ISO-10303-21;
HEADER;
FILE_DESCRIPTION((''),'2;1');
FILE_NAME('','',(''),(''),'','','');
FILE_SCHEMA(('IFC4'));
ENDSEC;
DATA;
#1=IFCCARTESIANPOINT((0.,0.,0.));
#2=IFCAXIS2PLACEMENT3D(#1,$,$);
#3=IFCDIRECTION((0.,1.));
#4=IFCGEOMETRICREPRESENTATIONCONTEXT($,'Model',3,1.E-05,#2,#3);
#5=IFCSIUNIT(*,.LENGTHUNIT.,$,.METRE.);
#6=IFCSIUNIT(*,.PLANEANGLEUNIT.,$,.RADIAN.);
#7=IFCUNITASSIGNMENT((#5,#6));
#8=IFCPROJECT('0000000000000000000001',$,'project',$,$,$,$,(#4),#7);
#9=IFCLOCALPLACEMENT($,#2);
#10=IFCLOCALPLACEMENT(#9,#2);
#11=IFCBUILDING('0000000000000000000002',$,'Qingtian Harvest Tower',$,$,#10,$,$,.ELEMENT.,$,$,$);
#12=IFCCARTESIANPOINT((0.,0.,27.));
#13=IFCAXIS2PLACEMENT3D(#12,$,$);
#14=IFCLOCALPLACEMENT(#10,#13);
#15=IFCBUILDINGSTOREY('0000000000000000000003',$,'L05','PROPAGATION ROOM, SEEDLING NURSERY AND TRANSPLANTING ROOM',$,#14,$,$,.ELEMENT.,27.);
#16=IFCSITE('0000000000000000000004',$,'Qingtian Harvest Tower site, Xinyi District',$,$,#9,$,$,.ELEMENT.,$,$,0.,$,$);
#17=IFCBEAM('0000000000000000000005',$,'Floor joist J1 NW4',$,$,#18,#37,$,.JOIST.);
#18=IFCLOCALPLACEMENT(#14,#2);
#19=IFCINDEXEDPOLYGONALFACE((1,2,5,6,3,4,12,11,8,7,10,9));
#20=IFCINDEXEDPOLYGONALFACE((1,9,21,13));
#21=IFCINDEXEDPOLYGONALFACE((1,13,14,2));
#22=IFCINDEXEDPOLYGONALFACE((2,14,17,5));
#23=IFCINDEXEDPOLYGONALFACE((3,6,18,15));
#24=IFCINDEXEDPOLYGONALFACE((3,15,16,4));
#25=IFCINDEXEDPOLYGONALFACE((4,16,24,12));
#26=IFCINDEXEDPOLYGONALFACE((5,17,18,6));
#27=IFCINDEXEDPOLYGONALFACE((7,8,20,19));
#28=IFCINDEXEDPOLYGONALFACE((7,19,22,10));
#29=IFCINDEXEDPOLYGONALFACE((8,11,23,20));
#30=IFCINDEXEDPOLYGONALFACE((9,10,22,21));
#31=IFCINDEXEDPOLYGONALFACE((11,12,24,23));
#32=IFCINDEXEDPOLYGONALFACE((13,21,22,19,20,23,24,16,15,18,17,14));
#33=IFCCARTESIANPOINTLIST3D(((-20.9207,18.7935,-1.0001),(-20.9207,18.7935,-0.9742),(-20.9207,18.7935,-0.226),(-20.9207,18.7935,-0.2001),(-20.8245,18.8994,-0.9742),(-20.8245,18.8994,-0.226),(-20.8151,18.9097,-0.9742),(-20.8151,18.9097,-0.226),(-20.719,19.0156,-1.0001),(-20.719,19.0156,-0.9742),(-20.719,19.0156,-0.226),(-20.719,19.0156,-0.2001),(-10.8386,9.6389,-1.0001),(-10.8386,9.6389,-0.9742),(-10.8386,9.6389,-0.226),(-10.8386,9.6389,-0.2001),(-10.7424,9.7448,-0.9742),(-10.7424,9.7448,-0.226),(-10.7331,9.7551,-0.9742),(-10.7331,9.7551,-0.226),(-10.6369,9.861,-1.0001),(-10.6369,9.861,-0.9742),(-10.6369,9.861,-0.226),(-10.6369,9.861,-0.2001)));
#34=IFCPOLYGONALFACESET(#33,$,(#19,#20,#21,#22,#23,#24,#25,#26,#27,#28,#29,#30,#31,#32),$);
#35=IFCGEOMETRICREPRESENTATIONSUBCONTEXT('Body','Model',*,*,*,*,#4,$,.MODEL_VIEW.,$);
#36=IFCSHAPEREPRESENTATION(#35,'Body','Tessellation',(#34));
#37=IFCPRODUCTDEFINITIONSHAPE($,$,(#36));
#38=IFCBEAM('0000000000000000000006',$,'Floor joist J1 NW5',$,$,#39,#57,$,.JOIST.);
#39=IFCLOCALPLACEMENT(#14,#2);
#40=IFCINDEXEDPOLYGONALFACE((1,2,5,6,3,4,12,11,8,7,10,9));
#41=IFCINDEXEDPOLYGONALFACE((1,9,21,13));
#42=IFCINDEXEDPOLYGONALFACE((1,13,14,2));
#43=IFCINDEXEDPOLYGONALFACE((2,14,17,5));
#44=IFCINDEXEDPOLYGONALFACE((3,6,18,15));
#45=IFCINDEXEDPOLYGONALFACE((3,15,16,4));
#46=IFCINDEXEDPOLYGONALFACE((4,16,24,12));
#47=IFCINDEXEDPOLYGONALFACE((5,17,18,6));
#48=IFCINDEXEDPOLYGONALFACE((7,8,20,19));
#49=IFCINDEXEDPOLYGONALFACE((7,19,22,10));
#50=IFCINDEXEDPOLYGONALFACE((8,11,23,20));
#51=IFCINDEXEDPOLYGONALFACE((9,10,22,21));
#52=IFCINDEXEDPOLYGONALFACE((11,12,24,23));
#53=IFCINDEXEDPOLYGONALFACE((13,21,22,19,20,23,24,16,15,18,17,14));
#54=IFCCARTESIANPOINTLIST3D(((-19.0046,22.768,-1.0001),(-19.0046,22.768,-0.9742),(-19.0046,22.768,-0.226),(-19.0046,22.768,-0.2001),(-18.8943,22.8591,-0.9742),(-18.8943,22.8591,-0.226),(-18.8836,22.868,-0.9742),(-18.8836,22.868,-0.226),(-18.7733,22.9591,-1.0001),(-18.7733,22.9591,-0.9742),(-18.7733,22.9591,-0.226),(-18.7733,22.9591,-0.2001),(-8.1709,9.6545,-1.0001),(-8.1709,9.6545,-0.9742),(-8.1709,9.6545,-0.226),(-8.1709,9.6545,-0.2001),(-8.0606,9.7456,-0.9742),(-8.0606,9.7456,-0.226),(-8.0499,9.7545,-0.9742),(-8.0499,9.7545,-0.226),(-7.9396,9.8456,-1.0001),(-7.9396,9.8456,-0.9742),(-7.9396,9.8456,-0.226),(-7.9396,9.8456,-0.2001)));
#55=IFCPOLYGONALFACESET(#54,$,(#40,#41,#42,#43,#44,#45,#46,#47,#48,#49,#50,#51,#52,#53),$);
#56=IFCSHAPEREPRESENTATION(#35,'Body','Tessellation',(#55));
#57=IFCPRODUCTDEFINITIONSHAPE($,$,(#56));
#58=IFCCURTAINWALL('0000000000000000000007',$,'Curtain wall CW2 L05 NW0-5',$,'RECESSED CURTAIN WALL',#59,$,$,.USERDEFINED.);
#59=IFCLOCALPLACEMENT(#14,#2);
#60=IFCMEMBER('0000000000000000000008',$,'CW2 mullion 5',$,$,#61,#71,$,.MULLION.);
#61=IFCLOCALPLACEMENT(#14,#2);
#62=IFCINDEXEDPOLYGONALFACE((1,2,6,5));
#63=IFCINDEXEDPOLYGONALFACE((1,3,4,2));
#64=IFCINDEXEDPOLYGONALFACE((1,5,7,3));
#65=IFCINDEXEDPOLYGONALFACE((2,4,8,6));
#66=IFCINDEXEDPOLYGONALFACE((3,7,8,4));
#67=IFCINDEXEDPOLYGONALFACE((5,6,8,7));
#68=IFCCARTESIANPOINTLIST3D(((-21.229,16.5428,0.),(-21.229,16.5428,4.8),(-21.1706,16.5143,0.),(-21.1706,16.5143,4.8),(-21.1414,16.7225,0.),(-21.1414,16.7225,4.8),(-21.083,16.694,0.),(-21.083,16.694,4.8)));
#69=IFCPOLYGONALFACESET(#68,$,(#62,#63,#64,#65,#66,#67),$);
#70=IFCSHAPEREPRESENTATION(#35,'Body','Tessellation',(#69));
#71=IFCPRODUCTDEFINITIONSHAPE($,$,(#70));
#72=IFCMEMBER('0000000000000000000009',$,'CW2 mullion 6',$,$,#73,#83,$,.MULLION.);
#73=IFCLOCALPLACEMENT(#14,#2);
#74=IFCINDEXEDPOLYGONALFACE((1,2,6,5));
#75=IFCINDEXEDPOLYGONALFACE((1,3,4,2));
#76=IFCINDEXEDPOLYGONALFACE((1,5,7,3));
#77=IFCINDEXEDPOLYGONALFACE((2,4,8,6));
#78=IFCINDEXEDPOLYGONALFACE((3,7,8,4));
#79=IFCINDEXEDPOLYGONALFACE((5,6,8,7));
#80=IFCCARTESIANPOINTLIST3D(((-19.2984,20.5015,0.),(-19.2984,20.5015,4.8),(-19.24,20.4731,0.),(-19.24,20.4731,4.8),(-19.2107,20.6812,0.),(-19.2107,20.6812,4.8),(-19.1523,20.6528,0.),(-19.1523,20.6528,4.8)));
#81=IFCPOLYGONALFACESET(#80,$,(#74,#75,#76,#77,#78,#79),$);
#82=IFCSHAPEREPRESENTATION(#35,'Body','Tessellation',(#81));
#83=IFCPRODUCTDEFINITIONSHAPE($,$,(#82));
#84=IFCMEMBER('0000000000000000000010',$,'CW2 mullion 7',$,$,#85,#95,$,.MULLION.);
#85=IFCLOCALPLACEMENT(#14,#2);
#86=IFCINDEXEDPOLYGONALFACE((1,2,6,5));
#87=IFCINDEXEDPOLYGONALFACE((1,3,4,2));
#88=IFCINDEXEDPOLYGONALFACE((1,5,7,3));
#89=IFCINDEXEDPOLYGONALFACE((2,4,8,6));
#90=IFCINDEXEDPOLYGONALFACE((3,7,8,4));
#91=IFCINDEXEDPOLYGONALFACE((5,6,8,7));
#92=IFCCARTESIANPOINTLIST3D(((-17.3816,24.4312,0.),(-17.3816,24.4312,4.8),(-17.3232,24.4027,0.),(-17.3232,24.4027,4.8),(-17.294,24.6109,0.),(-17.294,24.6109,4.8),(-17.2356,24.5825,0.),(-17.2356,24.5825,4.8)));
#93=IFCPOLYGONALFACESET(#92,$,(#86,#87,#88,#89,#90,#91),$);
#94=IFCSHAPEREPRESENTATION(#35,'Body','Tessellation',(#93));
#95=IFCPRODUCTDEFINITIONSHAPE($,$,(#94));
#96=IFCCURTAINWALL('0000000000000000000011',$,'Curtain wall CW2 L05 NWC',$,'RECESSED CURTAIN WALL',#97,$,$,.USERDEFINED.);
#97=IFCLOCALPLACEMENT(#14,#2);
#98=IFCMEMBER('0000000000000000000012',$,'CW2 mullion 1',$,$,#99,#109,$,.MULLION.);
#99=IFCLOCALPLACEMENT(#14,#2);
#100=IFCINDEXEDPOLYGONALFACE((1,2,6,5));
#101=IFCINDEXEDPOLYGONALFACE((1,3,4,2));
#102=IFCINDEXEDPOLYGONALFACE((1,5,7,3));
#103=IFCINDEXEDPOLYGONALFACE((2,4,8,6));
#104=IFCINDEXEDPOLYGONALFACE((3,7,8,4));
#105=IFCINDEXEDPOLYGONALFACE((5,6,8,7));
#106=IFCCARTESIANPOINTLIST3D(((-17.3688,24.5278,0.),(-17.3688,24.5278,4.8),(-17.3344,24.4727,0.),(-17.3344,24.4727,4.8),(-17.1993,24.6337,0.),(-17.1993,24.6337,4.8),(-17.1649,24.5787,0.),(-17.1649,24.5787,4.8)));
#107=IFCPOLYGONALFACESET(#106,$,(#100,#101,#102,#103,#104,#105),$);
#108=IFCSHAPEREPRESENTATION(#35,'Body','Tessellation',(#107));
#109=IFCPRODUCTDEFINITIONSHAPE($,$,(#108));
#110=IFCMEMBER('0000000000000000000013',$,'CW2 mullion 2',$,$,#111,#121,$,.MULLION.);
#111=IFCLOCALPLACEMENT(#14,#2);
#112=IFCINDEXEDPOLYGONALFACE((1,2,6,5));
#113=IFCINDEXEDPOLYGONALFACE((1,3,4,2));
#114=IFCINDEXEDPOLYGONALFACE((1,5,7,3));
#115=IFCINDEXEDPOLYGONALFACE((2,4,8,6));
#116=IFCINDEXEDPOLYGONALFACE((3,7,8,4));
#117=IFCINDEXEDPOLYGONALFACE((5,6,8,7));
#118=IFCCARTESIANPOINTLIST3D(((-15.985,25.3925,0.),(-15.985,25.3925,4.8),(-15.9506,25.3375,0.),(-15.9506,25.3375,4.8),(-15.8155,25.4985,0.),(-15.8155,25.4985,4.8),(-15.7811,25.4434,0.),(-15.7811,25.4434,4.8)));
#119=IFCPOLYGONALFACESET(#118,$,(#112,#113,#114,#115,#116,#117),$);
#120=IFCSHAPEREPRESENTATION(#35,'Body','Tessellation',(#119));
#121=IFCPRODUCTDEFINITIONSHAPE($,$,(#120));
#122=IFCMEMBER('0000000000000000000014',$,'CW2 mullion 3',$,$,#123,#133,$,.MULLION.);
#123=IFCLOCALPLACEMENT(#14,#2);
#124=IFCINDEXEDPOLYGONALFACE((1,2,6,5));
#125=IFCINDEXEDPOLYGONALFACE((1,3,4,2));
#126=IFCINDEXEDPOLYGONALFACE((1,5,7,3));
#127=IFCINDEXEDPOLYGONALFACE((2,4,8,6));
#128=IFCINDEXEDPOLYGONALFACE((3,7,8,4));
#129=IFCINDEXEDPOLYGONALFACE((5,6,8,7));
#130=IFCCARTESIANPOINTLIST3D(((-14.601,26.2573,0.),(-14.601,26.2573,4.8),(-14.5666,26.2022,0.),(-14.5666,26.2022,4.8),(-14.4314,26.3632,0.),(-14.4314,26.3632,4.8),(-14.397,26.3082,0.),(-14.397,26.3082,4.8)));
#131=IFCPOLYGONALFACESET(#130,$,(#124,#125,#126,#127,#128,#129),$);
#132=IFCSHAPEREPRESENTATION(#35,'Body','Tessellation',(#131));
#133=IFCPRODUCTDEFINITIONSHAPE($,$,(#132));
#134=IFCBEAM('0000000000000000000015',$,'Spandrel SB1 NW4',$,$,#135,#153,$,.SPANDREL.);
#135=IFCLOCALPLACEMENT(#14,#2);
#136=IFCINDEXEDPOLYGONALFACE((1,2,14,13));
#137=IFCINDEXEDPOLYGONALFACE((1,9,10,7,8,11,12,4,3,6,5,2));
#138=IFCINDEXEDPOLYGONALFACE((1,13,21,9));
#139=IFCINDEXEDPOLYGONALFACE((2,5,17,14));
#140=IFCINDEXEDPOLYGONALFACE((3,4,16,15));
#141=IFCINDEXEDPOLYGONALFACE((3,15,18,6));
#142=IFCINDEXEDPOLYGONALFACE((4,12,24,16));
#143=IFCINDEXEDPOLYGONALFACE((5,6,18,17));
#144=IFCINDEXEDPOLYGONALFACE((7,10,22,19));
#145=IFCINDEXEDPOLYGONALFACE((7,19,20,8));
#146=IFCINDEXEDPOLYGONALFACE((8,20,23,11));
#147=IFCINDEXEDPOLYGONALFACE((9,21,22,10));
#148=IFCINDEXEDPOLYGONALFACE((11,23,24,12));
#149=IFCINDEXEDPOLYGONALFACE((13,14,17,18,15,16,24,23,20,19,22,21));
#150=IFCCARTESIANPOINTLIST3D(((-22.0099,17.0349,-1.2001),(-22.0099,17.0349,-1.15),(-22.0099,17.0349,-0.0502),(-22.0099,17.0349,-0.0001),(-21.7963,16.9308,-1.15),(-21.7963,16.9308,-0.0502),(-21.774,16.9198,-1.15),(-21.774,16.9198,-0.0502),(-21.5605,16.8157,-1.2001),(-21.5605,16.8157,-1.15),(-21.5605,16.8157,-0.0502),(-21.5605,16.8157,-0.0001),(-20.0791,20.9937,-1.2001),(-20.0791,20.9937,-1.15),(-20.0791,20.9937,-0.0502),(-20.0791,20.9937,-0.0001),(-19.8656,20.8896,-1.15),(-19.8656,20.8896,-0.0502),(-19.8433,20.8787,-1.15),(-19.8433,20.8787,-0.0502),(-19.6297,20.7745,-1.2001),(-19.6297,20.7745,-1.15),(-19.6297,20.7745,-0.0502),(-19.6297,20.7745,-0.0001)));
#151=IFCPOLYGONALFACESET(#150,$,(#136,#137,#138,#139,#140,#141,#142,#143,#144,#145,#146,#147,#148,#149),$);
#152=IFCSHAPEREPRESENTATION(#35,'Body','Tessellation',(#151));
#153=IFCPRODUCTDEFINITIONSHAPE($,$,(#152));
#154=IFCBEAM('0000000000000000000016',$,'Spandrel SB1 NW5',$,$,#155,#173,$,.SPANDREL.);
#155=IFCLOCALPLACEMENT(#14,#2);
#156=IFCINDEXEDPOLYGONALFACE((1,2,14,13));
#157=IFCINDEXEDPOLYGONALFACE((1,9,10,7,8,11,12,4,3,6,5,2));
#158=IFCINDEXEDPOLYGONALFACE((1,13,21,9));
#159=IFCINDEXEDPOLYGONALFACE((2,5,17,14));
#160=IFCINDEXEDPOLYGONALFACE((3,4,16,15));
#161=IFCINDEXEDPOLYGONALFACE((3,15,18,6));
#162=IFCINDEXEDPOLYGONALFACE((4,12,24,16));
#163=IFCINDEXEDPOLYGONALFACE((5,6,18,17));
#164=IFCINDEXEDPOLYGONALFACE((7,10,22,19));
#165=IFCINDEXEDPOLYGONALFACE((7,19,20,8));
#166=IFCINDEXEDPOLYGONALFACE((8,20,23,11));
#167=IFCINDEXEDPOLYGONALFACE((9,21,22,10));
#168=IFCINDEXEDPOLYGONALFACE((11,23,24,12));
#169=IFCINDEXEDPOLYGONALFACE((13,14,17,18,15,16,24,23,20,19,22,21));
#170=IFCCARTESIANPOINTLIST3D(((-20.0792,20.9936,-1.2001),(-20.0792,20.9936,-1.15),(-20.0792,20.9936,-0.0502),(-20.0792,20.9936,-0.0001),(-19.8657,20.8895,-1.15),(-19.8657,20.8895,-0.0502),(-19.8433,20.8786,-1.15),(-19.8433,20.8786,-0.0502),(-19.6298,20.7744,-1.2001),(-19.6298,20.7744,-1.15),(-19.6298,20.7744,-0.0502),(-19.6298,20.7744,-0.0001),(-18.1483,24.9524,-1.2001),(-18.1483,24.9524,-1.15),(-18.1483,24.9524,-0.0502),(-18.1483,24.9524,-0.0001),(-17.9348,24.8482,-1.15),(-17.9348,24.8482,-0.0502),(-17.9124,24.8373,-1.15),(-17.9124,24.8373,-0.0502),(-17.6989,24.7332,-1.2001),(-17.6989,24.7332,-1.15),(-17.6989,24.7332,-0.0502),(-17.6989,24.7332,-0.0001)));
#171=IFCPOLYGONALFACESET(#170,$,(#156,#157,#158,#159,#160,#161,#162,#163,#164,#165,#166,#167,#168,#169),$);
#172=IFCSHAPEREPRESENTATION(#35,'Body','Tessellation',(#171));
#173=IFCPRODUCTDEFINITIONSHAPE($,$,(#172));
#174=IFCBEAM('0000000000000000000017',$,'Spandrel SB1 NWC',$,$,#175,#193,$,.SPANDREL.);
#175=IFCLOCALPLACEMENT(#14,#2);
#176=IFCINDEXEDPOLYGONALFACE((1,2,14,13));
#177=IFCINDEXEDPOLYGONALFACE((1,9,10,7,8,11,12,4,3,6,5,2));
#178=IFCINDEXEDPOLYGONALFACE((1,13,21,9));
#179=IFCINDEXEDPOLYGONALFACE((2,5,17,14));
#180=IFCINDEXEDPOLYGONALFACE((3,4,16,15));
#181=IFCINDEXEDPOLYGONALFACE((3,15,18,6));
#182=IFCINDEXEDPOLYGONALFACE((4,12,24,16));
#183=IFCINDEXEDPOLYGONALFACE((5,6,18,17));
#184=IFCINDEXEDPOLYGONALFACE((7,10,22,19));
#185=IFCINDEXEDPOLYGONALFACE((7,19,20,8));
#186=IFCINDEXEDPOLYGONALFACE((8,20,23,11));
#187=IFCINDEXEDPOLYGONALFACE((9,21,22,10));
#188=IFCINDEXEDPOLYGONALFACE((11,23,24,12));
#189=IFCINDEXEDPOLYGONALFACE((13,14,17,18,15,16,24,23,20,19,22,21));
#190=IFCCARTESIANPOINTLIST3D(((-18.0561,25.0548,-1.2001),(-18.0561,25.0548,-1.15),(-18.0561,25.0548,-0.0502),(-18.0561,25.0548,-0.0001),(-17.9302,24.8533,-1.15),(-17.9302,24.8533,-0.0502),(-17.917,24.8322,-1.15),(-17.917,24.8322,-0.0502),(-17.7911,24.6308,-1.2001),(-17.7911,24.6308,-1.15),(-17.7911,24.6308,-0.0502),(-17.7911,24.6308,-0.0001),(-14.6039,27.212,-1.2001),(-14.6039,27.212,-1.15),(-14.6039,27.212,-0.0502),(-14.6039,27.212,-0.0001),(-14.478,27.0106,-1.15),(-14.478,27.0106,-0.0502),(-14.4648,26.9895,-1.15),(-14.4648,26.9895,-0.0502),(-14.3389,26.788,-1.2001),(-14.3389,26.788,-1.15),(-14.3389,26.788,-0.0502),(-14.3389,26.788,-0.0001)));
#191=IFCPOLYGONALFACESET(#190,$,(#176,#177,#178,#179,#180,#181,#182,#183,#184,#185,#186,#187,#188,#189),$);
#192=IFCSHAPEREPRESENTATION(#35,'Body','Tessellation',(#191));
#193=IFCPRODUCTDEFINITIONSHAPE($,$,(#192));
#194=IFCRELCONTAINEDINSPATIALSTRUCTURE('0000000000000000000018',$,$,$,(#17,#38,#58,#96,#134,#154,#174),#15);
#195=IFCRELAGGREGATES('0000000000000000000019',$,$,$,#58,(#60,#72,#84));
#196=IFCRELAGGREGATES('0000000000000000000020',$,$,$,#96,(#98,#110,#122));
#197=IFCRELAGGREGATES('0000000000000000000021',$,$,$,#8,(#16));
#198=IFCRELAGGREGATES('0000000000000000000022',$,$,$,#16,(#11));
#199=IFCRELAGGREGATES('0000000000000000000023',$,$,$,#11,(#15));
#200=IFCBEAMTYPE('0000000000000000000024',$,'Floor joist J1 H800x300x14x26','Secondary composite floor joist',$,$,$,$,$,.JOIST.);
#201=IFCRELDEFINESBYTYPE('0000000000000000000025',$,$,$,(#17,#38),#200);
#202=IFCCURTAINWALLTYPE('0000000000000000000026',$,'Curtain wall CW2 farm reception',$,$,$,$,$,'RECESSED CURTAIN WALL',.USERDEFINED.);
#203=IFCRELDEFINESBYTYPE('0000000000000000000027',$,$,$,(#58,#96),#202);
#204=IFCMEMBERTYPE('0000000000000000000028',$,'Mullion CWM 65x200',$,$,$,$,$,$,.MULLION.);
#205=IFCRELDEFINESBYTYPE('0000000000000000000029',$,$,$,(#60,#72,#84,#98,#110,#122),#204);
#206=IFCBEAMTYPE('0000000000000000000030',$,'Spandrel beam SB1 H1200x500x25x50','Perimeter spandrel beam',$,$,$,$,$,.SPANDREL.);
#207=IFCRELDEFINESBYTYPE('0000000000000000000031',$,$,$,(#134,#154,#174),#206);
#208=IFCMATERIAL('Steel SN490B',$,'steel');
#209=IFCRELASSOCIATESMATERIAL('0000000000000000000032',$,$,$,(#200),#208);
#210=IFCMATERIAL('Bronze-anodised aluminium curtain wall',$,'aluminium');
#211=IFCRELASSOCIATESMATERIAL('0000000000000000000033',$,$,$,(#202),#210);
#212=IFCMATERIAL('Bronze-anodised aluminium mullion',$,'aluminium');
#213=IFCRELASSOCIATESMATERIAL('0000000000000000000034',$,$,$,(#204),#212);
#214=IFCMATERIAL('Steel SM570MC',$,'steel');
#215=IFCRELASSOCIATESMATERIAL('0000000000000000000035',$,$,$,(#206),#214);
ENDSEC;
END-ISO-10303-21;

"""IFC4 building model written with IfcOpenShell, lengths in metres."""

from ifc_helpers import new_model, si_unit, direction, frame, origin, origin_2d, place, context, subcontext, project, spatial, rectangle, i_section, extrude, material, material_profile, profile_set, type_object, element, aggregate, save


model = new_model("IFC4")

# Units and contexts
model_context = context("Model", 3, precision=1e-05, world=origin(), true_north=direction((0.0, 1.0)))
body_context = subcontext(model_context, "Body", "Model", "MODEL_VIEW")
ifc_project = project(units=[si_unit("LENGTHUNIT", "METRE"), si_unit("PLANEANGLEUNIT", "RADIAN")], contexts=[model_context])

# Site, building, storey
site_placement = place(None, origin())
site = spatial("IfcSite", under=ifc_project, at=site_placement, Name="Qingtian Harvest Tower site, Xinyi District", CompositionType="ELEMENT", RefElevation=0.0)
building_placement = place(site_placement, origin())
building = spatial("IfcBuilding", under=site, at=building_placement, Name="Qingtian Harvest Tower", CompositionType="ELEMENT")
storey_placement = place(building_placement, frame((0.0, 0.0, 27.0)))
storey = spatial("IfcBuildingStorey", under=building, at=storey_placement, Name="L05", Description="PROPAGATION ROOM, SEEDLING NURSERY AND TRANSPLANTING ROOM", CompositionType="ELEMENT", Elevation=27.0)

# Beams
ifc_material_1 = material(Name="Steel SN490B", Category="steel")
ifc_material_profile_1 = material_profile(ifc_material_1, i_section(OverallWidth=0.3, OverallDepth=0.8, WebThickness=0.0139, FlangeThickness=0.0259, at=origin_2d()), Name="H800x300x14x26")
ifc_profile_set_1 = profile_set([ifc_material_profile_1], Name="Steel SN490B")
beam_type_1 = type_object("IfcBeamType", Name="Floor joist J1 H800x300x14x26", Description="Secondary composite floor joist", PredefinedType="JOIST", material=ifc_profile_set_1)
beam_1_placement = place(storey_placement, frame((-20.8198, 18.9045, -0.6001), z_axis=(0.74034, -0.672233, 0.0), x_axis=(0.672233, 0.74034, 0.0)))
element("IfcBeam", 1, at=beam_1_placement, inside=storey, type_object=beam_type_1, Name="Floor joist J1 NW4", PredefinedType="JOIST", context=body_context, shape_type="SweptSolid", body=[
    extrude(i_section(OverallWidth=0.3, OverallDepth=0.8, WebThickness=0.0139, FlangeThickness=0.0259, at=origin_2d()), origin(), (0.0, 0.0, 1.0), 13.6182),
])
beam_2_placement = place(storey_placement, frame((-18.8889, 22.8635, -0.6001), z_axis=(0.63691, -0.770938, 0.0), x_axis=(0.770938, 0.63691, 0.0)))
element("IfcBeam", 2, at=beam_2_placement, inside=storey, type_object=beam_type_1, Name="Floor joist J1 NW5", PredefinedType="JOIST", context=body_context, shape_type="SweptSolid", body=[
    extrude(i_section(OverallWidth=0.3, OverallDepth=0.8, WebThickness=0.0139, FlangeThickness=0.0259, at=origin_2d()), origin(), (0.0, 0.0, 1.0), 17.0098),
])

# Curtain walls, members
ifc_material_2 = material(Name="Bronze-anodised aluminium curtain wall", Category="aluminium")
curtain_wall_type = type_object("IfcCurtainWallType", Name="Curtain wall CW2 farm reception", ElementType="RECESSED CURTAIN WALL", PredefinedType="USERDEFINED", material=ifc_material_2)
curtain_wall_1_placement = place(storey_placement, origin())
curtain_wall_1 = element("IfcCurtainWall", 3, at=curtain_wall_1_placement, inside=storey, type_object=curtain_wall_type, Name="Curtain wall CW2 L05 NW0-5", ObjectType="RECESSED CURTAIN WALL", PredefinedType="USERDEFINED")
ifc_material_3 = material(Name="Bronze-anodised aluminium mullion", Category="aluminium")
ifc_material_profile_2 = material_profile(ifc_material_3, rectangle(XDim=0.0649, YDim=0.2, at=origin_2d()), Name="AL 65x200")
ifc_profile_set_2 = profile_set([ifc_material_profile_2], Name="Bronze-anodised aluminium mullion")
member_type_1 = type_object("IfcMemberType", Name="Mullion CWM 65x200", PredefinedType="MULLION", material=ifc_profile_set_2)
member_1_placement = place(storey_placement, frame((-21.156, 16.6184, 0.0), z_axis=(0.0, 0.0, 1.0), x_axis=(-0.898794, 0.438371, 0.0)))
member_1 = element("IfcMember", 4, at=member_1_placement, type_object=member_type_1, Name="CW2 mullion 5", PredefinedType="MULLION", context=body_context, shape_type="SweptSolid", body=[
    extrude(rectangle(XDim=0.0649, YDim=0.2, at=origin_2d()), origin(), (0.0, 0.0, 1.0), 4.8),
])
member_2_placement = place(storey_placement, frame((-19.2253, 20.5771, 0.0), z_axis=(0.0, 0.0, 1.0), x_axis=(-0.898794, 0.438371, 0.0)))
member_2 = element("IfcMember", 5, at=member_2_placement, type_object=member_type_1, Name="CW2 mullion 6", PredefinedType="MULLION", context=body_context, shape_type="SweptSolid", body=[
    extrude(rectangle(XDim=0.0649, YDim=0.2, at=origin_2d()), origin(), (0.0, 0.0, 1.0), 4.8),
])
member_3_placement = place(storey_placement, frame((-17.3086, 24.5068, 0.0), z_axis=(0.0, 0.0, 1.0), x_axis=(-0.898794, 0.438371, 0.0)))
member_3 = element("IfcMember", 6, at=member_3_placement, type_object=member_type_1, Name="CW2 mullion 7", PredefinedType="MULLION", context=body_context, shape_type="SweptSolid", body=[
    extrude(rectangle(XDim=0.0649, YDim=0.2, at=origin_2d()), origin(), (0.0, 0.0, 1.0), 4.8),
])
curtain_wall_2_placement = place(storey_placement, origin())
curtain_wall_2 = element("IfcCurtainWall", 7, at=curtain_wall_2_placement, inside=storey, type_object=curtain_wall_type, Name="Curtain wall CW2 L05 NWC", ObjectType="RECESSED CURTAIN WALL", PredefinedType="USERDEFINED")
member_4_placement = place(storey_placement, frame((-17.2668, 24.5532, 0.0), z_axis=(0.0, 0.0, 1.0), x_axis=(-0.529919, 0.848048, 0.0)))
member_4 = element("IfcMember", 8, at=member_4_placement, type_object=member_type_1, Name="CW2 mullion 1", PredefinedType="MULLION", context=body_context, shape_type="SweptSolid", body=[
    extrude(rectangle(XDim=0.0649, YDim=0.2, at=origin_2d()), origin(), (0.0, 0.0, 1.0), 4.8),
])
member_5_placement = place(storey_placement, frame((-15.8831, 25.418, 0.0), z_axis=(0.0, 0.0, 1.0), x_axis=(-0.529919, 0.848048, 0.0)))
member_5 = element("IfcMember", 9, at=member_5_placement, type_object=member_type_1, Name="CW2 mullion 2", PredefinedType="MULLION", context=body_context, shape_type="SweptSolid", body=[
    extrude(rectangle(XDim=0.0649, YDim=0.2, at=origin_2d()), origin(), (0.0, 0.0, 1.0), 4.8),
])
member_6_placement = place(storey_placement, frame((-14.499, 26.2827, 0.0), z_axis=(0.0, 0.0, 1.0), x_axis=(-0.529919, 0.848048, 0.0)))
member_6 = element("IfcMember", 10, at=member_6_placement, type_object=member_type_1, Name="CW2 mullion 3", PredefinedType="MULLION", context=body_context, shape_type="SweptSolid", body=[
    extrude(rectangle(XDim=0.0649, YDim=0.2, at=origin_2d()), origin(), (0.0, 0.0, 1.0), 4.8),
])

# Beams
ifc_material_4 = material(Name="Steel SM570MC", Category="steel")
ifc_material_profile_3 = material_profile(ifc_material_4, i_section(OverallWidth=0.5, OverallDepth=1.2, WebThickness=0.0249, FlangeThickness=0.05, at=origin_2d()), Name="H1200x500x25x50")
ifc_profile_set_3 = profile_set([ifc_material_profile_3], Name="Steel SM570MC")
beam_type_2 = type_object("IfcBeamType", Name="Spandrel beam SB1 H1200x500x25x50", Description="Perimeter spandrel beam", PredefinedType="SPANDREL", material=ifc_profile_set_3)
for number, where, z_axis, x_axis, name in (
    (11, (-21.7852, 16.9253, -0.6001), (0.438345, 0.898807, 0.0), (-0.898807, 0.438345, 0.0), "Spandrel SB1 NW4"),
    (12, (-19.8545, 20.884, -0.6001), (0.43839, 0.898785, 0.0), (-0.898785, 0.43839, 0.0), "Spandrel SB1 NW5"),
):
    element("IfcBeam", number, at=place(storey_placement, frame(where, z_axis=z_axis, x_axis=x_axis)), inside=storey, type_object=beam_type_2, Name=name, PredefinedType="SPANDREL", context=body_context, shape_type="SweptSolid", body=[
        extrude(i_section(OverallWidth=0.5, OverallDepth=1.2, WebThickness=0.0249, FlangeThickness=0.05, at=origin_2d()), origin(), (0.0, 0.0, 1.0), 4.4045),
    ])
beam_3_placement = place(storey_placement, frame((-17.9236, 24.8428, -0.6001), z_axis=(0.848039, 0.529934, 0.0), x_axis=(-0.529934, 0.848039, 0.0)))
element("IfcBeam", 13, at=beam_3_placement, inside=storey, type_object=beam_type_2, Name="Spandrel SB1 NWC", PredefinedType="SPANDREL", context=body_context, shape_type="SweptSolid", body=[
    extrude(i_section(OverallWidth=0.5, OverallDepth=1.2, WebThickness=0.0249, FlangeThickness=0.05, at=origin_2d()), origin(), (0.0, 0.0, 1.0), 4.0708),
])

aggregate(curtain_wall_1, [member_1, member_2, member_3])
aggregate(curtain_wall_2, [member_4, member_5, member_6])

save(model, "model.ifc")
